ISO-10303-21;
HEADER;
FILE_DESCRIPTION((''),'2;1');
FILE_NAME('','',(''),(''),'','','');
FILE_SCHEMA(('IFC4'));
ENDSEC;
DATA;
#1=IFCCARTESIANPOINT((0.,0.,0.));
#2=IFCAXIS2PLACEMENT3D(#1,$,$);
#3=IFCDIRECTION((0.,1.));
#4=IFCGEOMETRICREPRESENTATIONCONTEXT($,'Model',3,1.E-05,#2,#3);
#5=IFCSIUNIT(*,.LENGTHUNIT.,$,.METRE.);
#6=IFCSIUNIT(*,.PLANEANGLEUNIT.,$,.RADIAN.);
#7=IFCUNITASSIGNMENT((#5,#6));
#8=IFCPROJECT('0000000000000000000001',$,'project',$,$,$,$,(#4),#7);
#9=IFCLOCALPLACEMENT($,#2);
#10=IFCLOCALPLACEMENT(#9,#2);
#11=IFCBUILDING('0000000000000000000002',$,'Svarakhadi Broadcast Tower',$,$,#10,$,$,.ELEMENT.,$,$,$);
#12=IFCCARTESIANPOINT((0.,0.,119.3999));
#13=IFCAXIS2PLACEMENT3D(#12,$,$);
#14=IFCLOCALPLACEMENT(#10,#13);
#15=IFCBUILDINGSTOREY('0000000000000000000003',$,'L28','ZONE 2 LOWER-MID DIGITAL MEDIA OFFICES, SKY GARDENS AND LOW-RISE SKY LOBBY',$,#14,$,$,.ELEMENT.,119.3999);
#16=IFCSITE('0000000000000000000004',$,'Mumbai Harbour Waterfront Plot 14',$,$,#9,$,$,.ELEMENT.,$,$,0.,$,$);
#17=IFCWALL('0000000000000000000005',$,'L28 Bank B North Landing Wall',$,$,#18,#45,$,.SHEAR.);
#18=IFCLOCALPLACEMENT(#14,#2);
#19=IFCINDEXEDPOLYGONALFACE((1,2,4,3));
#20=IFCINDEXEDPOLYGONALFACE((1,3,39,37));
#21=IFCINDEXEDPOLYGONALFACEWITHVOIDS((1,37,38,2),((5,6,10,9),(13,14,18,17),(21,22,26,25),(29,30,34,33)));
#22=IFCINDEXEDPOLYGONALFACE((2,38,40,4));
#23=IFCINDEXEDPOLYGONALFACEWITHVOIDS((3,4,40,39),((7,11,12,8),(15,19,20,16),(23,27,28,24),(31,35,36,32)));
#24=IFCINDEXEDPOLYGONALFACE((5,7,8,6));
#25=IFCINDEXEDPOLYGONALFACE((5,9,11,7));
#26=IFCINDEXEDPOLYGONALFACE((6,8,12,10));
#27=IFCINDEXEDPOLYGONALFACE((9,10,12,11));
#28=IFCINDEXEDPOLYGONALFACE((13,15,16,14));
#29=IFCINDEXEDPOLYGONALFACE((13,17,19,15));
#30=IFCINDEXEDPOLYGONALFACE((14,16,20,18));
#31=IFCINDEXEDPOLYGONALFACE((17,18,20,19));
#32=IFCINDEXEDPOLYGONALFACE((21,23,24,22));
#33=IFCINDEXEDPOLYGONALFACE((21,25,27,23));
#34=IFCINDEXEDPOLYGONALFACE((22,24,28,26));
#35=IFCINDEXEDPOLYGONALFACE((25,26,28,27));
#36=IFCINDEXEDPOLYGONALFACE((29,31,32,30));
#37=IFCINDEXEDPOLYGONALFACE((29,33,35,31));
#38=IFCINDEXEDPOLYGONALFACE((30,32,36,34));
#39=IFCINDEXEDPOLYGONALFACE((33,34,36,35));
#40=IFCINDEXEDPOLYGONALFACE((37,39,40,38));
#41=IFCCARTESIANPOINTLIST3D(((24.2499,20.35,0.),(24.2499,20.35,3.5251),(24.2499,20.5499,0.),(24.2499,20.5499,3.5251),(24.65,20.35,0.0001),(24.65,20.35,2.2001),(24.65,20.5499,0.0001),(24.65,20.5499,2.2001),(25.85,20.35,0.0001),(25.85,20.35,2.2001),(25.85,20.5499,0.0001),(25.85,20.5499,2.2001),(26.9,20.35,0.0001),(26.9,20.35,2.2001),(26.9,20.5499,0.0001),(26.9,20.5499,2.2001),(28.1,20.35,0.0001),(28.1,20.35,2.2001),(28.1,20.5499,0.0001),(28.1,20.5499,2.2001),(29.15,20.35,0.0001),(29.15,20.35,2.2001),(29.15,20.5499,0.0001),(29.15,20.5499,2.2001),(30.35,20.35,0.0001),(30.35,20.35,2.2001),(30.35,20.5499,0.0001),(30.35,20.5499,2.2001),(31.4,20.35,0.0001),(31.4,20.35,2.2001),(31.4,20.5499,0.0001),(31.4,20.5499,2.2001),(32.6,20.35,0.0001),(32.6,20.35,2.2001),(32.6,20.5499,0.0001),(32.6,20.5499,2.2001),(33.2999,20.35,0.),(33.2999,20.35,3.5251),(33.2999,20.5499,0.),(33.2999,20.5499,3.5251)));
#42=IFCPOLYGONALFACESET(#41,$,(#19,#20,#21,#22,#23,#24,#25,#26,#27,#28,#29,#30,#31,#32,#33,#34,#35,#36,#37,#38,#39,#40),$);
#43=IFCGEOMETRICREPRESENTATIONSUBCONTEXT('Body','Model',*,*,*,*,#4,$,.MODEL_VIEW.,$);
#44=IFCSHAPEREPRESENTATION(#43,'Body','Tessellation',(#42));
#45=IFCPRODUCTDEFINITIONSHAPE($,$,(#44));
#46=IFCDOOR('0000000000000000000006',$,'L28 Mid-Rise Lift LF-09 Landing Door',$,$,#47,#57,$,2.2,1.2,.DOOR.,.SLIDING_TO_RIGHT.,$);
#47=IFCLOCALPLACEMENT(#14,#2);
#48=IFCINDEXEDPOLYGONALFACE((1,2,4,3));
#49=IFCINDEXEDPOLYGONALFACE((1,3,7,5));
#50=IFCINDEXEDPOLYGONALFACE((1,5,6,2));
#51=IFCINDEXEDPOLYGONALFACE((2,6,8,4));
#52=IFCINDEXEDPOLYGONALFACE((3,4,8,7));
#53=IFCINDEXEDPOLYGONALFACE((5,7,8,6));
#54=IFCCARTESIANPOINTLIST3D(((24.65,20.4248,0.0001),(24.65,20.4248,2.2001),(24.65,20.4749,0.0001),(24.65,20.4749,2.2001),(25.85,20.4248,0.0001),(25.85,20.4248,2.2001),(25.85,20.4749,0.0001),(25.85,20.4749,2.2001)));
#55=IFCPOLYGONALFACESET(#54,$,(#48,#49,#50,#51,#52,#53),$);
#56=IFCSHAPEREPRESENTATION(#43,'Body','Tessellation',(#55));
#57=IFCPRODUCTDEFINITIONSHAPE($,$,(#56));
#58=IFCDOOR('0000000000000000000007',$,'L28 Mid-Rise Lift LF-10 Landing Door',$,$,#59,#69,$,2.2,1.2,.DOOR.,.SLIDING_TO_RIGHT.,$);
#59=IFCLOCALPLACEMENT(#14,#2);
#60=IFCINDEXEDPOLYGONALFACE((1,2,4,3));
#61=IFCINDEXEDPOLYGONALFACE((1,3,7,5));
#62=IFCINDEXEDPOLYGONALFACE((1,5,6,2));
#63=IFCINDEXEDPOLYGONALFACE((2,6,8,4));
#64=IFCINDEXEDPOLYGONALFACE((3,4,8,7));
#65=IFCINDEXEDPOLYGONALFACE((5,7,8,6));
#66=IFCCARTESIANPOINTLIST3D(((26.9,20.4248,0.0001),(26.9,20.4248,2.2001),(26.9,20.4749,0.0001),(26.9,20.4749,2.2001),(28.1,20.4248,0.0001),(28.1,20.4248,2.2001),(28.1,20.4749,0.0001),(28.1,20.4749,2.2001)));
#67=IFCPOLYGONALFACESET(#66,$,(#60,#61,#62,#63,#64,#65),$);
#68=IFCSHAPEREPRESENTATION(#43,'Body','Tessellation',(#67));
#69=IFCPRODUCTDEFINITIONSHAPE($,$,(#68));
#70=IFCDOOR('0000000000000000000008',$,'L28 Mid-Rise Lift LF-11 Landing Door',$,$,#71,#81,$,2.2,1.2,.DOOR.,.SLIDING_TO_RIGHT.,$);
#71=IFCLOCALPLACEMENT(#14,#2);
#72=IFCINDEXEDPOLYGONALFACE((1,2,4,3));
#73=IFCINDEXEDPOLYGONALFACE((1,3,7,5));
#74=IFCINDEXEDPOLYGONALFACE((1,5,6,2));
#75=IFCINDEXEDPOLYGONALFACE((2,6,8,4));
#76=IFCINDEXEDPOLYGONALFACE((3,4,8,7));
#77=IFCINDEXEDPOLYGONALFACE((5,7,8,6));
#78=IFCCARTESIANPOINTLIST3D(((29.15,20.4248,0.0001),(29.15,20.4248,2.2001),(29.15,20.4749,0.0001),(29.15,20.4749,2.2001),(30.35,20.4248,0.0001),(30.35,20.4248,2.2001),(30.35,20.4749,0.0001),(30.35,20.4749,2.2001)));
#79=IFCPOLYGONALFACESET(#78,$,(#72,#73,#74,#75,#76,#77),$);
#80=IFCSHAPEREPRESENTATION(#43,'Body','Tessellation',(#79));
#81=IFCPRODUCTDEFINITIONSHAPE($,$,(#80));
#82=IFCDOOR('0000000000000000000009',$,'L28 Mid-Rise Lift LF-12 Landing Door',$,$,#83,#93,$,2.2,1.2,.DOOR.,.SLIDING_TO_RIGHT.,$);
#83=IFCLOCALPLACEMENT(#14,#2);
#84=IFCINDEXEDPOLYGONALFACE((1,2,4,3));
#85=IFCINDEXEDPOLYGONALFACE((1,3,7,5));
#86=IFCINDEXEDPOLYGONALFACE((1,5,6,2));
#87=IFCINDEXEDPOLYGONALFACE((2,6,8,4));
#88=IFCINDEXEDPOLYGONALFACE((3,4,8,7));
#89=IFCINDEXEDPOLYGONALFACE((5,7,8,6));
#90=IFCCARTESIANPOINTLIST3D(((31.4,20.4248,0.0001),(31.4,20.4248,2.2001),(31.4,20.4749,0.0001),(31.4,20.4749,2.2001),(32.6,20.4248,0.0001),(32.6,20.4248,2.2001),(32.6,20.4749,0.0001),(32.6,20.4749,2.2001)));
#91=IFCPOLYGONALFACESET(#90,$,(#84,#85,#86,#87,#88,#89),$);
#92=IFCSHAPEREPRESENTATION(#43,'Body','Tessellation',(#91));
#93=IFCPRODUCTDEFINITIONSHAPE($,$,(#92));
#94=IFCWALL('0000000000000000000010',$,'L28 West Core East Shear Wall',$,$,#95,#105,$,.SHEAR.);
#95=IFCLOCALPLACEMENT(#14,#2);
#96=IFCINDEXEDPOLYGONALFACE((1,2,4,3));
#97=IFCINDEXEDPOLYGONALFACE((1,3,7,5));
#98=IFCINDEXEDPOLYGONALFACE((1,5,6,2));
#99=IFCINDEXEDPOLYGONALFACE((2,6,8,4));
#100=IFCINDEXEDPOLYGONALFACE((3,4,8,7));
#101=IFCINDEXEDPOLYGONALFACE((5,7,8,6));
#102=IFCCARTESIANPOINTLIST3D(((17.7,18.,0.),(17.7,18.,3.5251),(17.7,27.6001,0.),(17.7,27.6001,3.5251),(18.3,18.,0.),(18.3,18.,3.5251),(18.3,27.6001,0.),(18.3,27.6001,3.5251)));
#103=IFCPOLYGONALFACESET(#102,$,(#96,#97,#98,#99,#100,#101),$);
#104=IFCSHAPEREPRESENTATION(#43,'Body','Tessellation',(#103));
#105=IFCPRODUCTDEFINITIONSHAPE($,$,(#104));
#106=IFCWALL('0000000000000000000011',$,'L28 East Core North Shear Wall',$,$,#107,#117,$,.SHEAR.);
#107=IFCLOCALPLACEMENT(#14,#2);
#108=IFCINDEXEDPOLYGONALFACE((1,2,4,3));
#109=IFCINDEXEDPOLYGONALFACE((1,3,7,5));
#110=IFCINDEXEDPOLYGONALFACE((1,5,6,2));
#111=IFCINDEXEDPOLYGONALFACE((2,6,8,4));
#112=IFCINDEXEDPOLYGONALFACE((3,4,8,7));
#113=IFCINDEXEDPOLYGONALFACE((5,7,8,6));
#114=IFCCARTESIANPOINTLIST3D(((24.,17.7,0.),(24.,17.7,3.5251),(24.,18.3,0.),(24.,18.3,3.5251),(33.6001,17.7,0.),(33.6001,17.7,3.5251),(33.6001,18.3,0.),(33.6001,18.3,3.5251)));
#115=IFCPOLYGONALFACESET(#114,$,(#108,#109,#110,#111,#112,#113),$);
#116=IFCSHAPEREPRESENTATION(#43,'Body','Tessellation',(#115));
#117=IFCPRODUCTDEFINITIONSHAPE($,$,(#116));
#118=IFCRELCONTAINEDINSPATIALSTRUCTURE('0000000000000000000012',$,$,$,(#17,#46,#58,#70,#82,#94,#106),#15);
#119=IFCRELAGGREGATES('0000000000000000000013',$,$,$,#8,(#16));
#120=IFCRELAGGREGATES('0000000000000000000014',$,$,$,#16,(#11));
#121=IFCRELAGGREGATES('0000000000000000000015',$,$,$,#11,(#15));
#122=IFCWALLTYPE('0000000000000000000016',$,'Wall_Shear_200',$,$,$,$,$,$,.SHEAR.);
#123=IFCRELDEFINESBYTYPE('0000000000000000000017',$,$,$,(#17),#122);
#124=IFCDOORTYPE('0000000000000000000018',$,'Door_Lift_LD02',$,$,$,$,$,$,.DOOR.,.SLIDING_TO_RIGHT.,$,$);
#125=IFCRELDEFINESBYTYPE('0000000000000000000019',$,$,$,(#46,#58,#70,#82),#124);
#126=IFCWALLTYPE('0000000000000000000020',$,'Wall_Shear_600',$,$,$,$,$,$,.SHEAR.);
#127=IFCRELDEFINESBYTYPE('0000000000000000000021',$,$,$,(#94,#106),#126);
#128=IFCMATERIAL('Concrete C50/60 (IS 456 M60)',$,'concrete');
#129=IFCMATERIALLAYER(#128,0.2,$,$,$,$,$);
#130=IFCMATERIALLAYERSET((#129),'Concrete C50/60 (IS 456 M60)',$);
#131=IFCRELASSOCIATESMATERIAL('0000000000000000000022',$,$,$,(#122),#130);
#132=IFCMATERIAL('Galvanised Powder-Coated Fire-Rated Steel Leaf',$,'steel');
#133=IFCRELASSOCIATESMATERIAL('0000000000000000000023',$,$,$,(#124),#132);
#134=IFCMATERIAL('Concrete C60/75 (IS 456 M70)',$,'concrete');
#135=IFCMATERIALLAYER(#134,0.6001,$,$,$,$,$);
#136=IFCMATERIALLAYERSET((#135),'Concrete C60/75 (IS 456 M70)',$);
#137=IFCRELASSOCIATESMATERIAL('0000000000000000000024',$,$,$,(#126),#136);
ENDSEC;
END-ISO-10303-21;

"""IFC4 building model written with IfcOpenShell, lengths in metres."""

from ifc_helpers import new_model, si_unit, direction, frame, frame_2d, origin, place, context, subcontext, project, spatial, rectangle, extrude, material, layer, layer_set, type_object, element, fill, save


model = new_model("IFC4")

# Units and contexts
model_context = context("Model", 3, precision=1e-05, world=origin(), true_north=direction((0.0, 1.0)))
body_context = subcontext(model_context, "Body", "Model", "MODEL_VIEW")
ifc_project = project(units=[si_unit("LENGTHUNIT", "METRE"), si_unit("PLANEANGLEUNIT", "RADIAN")], contexts=[model_context])

# Site, building, storey
site_placement = place(None, origin())
site = spatial("IfcSite", under=ifc_project, at=site_placement, Name="Mumbai Harbour Waterfront Plot 14", CompositionType="ELEMENT", RefElevation=0.0)
building_placement = place(site_placement, origin())
building = spatial("IfcBuilding", under=site, at=building_placement, Name="Svarakhadi Broadcast Tower", CompositionType="ELEMENT")
storey_placement = place(building_placement, frame((0.0, 0.0, 119.3999)))
storey = spatial("IfcBuildingStorey", under=building, at=storey_placement, Name="L28", Description="ZONE 2 LOWER-MID DIGITAL MEDIA OFFICES, SKY GARDENS AND LOW-RISE SKY LOBBY", CompositionType="ELEMENT", Elevation=119.3999)

# Shared definitions
ifc_material_1 = material(Name="Concrete C50/60 (IS 456 M60)", Category="concrete")

# Shared definitions
ifc_layer_1 = layer(ifc_material_1, 0.2)
ifc_layer_set_1 = layer_set([ifc_layer_1], Name="Concrete C50/60 (IS 456 M60)")
wall_type_1 = type_object("IfcWallType", Name="Wall_Shear_200", PredefinedType="SHEAR", material=ifc_layer_set_1)
ifc_material_2 = material(Name="Galvanised Powder-Coated Fire-Rated Steel Leaf", Category="steel")

# Wall, openings, doors
wall_1_placement = place(storey_placement, frame((24.25, 20.45, 0.0), z_axis=(0.0, 0.0, 1.0), x_axis=(1.0, 0.0, 0.0)))
wall_1 = element("IfcWall", 1, at=wall_1_placement, inside=storey, type_object=wall_type_1, Name="L28 Bank B North Landing Wall", PredefinedType="SHEAR", context=body_context, shape_type="SweptSolid", body=[
    extrude(rectangle(XDim=9.05, YDim=0.2, at=frame_2d((4.5249, 0.0))), origin(), (0.0, 0.0, 1.0), 3.5251),
])
opening_1_placement = place(wall_1_placement, frame((0.3999, 0.0, 0.0)))
opening_1 = element("IfcOpeningElement", 2, at=opening_1_placement, cuts=wall_1, PredefinedType="OPENING", context=body_context, shape_type="SweptSolid", body=[
    extrude(rectangle(XDim=1.2, YDim=2.2, at=frame_2d((0.6001, 1.1001))), frame((0.0, 0.1099, 0.0), z_axis=(0.0, -1.0, 0.0), x_axis=(1.0, 0.0, 0.0)), (0.0, 0.0, 1.0), 0.22),
])
opening_2_placement = place(wall_1_placement, frame((2.6499, 0.0, 0.0)))
opening_2 = element("IfcOpeningElement", 3, at=opening_2_placement, cuts=wall_1, PredefinedType="OPENING", context=body_context, shape_type="SweptSolid", body=[
    extrude(rectangle(XDim=1.2, YDim=2.2, at=frame_2d((0.6001, 1.1001))), frame((0.0, 0.1099, 0.0), z_axis=(0.0, -1.0, 0.0), x_axis=(1.0, 0.0, 0.0)), (0.0, 0.0, 1.0), 0.22),
])
opening_3_placement = place(wall_1_placement, frame((4.8999, 0.0, 0.0)))
opening_3 = element("IfcOpeningElement", 4, at=opening_3_placement, cuts=wall_1, PredefinedType="OPENING", context=body_context, shape_type="SweptSolid", body=[
    extrude(rectangle(XDim=1.2, YDim=2.2, at=frame_2d((0.6001, 1.1001))), frame((0.0, 0.1099, 0.0), z_axis=(0.0, -1.0, 0.0), x_axis=(1.0, 0.0, 0.0)), (0.0, 0.0, 1.0), 0.22),
])
opening_4_placement = place(wall_1_placement, frame((7.1499, 0.0, 0.0)))
opening_4 = element("IfcOpeningElement", 5, at=opening_4_placement, cuts=wall_1, PredefinedType="OPENING", context=body_context, shape_type="SweptSolid", body=[
    extrude(rectangle(XDim=1.2, YDim=2.2, at=frame_2d((0.6001, 1.1001))), frame((0.0, 0.1099, 0.0), z_axis=(0.0, -1.0, 0.0), x_axis=(1.0, 0.0, 0.0)), (0.0, 0.0, 1.0), 0.22),
])
door_type_1 = type_object("IfcDoorType", Name="Door_Lift_LD02", OperationType="SLIDING_TO_RIGHT", PredefinedType="DOOR", material=ifc_material_2)
door_1_placement = place(opening_1_placement, origin())
door_1 = element("IfcDoor", 6, at=door_1_placement, inside=storey, type_object=door_type_1, Name="L28 Mid-Rise Lift LF-09 Landing Door", OperationType="SLIDING_TO_RIGHT", OverallHeight=2.2, OverallWidth=1.2, PredefinedType="DOOR", context=body_context, shape_type="SweptSolid", body=[
    extrude(rectangle(XDim=1.2, YDim=2.2, at=frame_2d((0.6001, 1.1001))), frame((0.0, 0.0249, 0.0), z_axis=(0.0, -1.0, 0.0), x_axis=(1.0, 0.0, 0.0)), (0.0, 0.0, 1.0), 0.05),
])
fill(opening_1, door_1)
door_2_placement = place(opening_2_placement, origin())
door_2 = element("IfcDoor", 7, at=door_2_placement, inside=storey, type_object=door_type_1, Name="L28 Mid-Rise Lift LF-10 Landing Door", OperationType="SLIDING_TO_RIGHT", OverallHeight=2.2, OverallWidth=1.2, PredefinedType="DOOR", context=body_context, shape_type="SweptSolid", body=[
    extrude(rectangle(XDim=1.2, YDim=2.2, at=frame_2d((0.6001, 1.1001))), frame((0.0, 0.0249, 0.0), z_axis=(0.0, -1.0, 0.0), x_axis=(1.0, 0.0, 0.0)), (0.0, 0.0, 1.0), 0.05),
])
fill(opening_2, door_2)
door_3_placement = place(opening_3_placement, origin())
door_3 = element("IfcDoor", 8, at=door_3_placement, inside=storey, type_object=door_type_1, Name="L28 Mid-Rise Lift LF-11 Landing Door", OperationType="SLIDING_TO_RIGHT", OverallHeight=2.2, OverallWidth=1.2, PredefinedType="DOOR", context=body_context, shape_type="SweptSolid", body=[
    extrude(rectangle(XDim=1.2, YDim=2.2, at=frame_2d((0.6001, 1.1001))), frame((0.0, 0.0249, 0.0), z_axis=(0.0, -1.0, 0.0), x_axis=(1.0, 0.0, 0.0)), (0.0, 0.0, 1.0), 0.05),
])
fill(opening_3, door_3)
door_4_placement = place(opening_4_placement, origin())
door_4 = element("IfcDoor", 9, at=door_4_placement, inside=storey, type_object=door_type_1, Name="L28 Mid-Rise Lift LF-12 Landing Door", OperationType="SLIDING_TO_RIGHT", OverallHeight=2.2, OverallWidth=1.2, PredefinedType="DOOR", context=body_context, shape_type="SweptSolid", body=[
    extrude(rectangle(XDim=1.2, YDim=2.2, at=frame_2d((0.6001, 1.1001))), frame((0.0, 0.0249, 0.0), z_axis=(0.0, -1.0, 0.0), x_axis=(1.0, 0.0, 0.0)), (0.0, 0.0, 1.0), 0.05),
])
fill(opening_4, door_4)

# Walls
ifc_material_3 = material(Name="Concrete C60/75 (IS 456 M70)", Category="concrete")
ifc_layer_2 = layer(ifc_material_3, 0.6001)
ifc_layer_set_2 = layer_set([ifc_layer_2], Name="Concrete C60/75 (IS 456 M70)")
wall_type_2 = type_object("IfcWallType", Name="Wall_Shear_600", PredefinedType="SHEAR", material=ifc_layer_set_2)
for number, where, z_axis, x_axis, name in (
    (10, (18.0, 18.0, 0.0), (0.0, 0.0, 1.0), (0.0, 1.0, 0.0), "L28 West Core East Shear Wall"),
    (11, (24.0, 18.0, 0.0), (0.0, 0.0, 1.0), (1.0, 0.0, 0.0), "L28 East Core North Shear Wall"),
):
    element("IfcWall", number, at=place(storey_placement, frame(where, z_axis=z_axis, x_axis=x_axis)), inside=storey, type_object=wall_type_2, Name=name, PredefinedType="SHEAR", context=body_context, shape_type="SweptSolid", body=[
        extrude(rectangle(XDim=9.6001, YDim=0.6001, at=frame_2d((4.8, 0.0))), origin(), (0.0, 0.0, 1.0), 3.5251),
    ])

save(model, "model.ifc")
